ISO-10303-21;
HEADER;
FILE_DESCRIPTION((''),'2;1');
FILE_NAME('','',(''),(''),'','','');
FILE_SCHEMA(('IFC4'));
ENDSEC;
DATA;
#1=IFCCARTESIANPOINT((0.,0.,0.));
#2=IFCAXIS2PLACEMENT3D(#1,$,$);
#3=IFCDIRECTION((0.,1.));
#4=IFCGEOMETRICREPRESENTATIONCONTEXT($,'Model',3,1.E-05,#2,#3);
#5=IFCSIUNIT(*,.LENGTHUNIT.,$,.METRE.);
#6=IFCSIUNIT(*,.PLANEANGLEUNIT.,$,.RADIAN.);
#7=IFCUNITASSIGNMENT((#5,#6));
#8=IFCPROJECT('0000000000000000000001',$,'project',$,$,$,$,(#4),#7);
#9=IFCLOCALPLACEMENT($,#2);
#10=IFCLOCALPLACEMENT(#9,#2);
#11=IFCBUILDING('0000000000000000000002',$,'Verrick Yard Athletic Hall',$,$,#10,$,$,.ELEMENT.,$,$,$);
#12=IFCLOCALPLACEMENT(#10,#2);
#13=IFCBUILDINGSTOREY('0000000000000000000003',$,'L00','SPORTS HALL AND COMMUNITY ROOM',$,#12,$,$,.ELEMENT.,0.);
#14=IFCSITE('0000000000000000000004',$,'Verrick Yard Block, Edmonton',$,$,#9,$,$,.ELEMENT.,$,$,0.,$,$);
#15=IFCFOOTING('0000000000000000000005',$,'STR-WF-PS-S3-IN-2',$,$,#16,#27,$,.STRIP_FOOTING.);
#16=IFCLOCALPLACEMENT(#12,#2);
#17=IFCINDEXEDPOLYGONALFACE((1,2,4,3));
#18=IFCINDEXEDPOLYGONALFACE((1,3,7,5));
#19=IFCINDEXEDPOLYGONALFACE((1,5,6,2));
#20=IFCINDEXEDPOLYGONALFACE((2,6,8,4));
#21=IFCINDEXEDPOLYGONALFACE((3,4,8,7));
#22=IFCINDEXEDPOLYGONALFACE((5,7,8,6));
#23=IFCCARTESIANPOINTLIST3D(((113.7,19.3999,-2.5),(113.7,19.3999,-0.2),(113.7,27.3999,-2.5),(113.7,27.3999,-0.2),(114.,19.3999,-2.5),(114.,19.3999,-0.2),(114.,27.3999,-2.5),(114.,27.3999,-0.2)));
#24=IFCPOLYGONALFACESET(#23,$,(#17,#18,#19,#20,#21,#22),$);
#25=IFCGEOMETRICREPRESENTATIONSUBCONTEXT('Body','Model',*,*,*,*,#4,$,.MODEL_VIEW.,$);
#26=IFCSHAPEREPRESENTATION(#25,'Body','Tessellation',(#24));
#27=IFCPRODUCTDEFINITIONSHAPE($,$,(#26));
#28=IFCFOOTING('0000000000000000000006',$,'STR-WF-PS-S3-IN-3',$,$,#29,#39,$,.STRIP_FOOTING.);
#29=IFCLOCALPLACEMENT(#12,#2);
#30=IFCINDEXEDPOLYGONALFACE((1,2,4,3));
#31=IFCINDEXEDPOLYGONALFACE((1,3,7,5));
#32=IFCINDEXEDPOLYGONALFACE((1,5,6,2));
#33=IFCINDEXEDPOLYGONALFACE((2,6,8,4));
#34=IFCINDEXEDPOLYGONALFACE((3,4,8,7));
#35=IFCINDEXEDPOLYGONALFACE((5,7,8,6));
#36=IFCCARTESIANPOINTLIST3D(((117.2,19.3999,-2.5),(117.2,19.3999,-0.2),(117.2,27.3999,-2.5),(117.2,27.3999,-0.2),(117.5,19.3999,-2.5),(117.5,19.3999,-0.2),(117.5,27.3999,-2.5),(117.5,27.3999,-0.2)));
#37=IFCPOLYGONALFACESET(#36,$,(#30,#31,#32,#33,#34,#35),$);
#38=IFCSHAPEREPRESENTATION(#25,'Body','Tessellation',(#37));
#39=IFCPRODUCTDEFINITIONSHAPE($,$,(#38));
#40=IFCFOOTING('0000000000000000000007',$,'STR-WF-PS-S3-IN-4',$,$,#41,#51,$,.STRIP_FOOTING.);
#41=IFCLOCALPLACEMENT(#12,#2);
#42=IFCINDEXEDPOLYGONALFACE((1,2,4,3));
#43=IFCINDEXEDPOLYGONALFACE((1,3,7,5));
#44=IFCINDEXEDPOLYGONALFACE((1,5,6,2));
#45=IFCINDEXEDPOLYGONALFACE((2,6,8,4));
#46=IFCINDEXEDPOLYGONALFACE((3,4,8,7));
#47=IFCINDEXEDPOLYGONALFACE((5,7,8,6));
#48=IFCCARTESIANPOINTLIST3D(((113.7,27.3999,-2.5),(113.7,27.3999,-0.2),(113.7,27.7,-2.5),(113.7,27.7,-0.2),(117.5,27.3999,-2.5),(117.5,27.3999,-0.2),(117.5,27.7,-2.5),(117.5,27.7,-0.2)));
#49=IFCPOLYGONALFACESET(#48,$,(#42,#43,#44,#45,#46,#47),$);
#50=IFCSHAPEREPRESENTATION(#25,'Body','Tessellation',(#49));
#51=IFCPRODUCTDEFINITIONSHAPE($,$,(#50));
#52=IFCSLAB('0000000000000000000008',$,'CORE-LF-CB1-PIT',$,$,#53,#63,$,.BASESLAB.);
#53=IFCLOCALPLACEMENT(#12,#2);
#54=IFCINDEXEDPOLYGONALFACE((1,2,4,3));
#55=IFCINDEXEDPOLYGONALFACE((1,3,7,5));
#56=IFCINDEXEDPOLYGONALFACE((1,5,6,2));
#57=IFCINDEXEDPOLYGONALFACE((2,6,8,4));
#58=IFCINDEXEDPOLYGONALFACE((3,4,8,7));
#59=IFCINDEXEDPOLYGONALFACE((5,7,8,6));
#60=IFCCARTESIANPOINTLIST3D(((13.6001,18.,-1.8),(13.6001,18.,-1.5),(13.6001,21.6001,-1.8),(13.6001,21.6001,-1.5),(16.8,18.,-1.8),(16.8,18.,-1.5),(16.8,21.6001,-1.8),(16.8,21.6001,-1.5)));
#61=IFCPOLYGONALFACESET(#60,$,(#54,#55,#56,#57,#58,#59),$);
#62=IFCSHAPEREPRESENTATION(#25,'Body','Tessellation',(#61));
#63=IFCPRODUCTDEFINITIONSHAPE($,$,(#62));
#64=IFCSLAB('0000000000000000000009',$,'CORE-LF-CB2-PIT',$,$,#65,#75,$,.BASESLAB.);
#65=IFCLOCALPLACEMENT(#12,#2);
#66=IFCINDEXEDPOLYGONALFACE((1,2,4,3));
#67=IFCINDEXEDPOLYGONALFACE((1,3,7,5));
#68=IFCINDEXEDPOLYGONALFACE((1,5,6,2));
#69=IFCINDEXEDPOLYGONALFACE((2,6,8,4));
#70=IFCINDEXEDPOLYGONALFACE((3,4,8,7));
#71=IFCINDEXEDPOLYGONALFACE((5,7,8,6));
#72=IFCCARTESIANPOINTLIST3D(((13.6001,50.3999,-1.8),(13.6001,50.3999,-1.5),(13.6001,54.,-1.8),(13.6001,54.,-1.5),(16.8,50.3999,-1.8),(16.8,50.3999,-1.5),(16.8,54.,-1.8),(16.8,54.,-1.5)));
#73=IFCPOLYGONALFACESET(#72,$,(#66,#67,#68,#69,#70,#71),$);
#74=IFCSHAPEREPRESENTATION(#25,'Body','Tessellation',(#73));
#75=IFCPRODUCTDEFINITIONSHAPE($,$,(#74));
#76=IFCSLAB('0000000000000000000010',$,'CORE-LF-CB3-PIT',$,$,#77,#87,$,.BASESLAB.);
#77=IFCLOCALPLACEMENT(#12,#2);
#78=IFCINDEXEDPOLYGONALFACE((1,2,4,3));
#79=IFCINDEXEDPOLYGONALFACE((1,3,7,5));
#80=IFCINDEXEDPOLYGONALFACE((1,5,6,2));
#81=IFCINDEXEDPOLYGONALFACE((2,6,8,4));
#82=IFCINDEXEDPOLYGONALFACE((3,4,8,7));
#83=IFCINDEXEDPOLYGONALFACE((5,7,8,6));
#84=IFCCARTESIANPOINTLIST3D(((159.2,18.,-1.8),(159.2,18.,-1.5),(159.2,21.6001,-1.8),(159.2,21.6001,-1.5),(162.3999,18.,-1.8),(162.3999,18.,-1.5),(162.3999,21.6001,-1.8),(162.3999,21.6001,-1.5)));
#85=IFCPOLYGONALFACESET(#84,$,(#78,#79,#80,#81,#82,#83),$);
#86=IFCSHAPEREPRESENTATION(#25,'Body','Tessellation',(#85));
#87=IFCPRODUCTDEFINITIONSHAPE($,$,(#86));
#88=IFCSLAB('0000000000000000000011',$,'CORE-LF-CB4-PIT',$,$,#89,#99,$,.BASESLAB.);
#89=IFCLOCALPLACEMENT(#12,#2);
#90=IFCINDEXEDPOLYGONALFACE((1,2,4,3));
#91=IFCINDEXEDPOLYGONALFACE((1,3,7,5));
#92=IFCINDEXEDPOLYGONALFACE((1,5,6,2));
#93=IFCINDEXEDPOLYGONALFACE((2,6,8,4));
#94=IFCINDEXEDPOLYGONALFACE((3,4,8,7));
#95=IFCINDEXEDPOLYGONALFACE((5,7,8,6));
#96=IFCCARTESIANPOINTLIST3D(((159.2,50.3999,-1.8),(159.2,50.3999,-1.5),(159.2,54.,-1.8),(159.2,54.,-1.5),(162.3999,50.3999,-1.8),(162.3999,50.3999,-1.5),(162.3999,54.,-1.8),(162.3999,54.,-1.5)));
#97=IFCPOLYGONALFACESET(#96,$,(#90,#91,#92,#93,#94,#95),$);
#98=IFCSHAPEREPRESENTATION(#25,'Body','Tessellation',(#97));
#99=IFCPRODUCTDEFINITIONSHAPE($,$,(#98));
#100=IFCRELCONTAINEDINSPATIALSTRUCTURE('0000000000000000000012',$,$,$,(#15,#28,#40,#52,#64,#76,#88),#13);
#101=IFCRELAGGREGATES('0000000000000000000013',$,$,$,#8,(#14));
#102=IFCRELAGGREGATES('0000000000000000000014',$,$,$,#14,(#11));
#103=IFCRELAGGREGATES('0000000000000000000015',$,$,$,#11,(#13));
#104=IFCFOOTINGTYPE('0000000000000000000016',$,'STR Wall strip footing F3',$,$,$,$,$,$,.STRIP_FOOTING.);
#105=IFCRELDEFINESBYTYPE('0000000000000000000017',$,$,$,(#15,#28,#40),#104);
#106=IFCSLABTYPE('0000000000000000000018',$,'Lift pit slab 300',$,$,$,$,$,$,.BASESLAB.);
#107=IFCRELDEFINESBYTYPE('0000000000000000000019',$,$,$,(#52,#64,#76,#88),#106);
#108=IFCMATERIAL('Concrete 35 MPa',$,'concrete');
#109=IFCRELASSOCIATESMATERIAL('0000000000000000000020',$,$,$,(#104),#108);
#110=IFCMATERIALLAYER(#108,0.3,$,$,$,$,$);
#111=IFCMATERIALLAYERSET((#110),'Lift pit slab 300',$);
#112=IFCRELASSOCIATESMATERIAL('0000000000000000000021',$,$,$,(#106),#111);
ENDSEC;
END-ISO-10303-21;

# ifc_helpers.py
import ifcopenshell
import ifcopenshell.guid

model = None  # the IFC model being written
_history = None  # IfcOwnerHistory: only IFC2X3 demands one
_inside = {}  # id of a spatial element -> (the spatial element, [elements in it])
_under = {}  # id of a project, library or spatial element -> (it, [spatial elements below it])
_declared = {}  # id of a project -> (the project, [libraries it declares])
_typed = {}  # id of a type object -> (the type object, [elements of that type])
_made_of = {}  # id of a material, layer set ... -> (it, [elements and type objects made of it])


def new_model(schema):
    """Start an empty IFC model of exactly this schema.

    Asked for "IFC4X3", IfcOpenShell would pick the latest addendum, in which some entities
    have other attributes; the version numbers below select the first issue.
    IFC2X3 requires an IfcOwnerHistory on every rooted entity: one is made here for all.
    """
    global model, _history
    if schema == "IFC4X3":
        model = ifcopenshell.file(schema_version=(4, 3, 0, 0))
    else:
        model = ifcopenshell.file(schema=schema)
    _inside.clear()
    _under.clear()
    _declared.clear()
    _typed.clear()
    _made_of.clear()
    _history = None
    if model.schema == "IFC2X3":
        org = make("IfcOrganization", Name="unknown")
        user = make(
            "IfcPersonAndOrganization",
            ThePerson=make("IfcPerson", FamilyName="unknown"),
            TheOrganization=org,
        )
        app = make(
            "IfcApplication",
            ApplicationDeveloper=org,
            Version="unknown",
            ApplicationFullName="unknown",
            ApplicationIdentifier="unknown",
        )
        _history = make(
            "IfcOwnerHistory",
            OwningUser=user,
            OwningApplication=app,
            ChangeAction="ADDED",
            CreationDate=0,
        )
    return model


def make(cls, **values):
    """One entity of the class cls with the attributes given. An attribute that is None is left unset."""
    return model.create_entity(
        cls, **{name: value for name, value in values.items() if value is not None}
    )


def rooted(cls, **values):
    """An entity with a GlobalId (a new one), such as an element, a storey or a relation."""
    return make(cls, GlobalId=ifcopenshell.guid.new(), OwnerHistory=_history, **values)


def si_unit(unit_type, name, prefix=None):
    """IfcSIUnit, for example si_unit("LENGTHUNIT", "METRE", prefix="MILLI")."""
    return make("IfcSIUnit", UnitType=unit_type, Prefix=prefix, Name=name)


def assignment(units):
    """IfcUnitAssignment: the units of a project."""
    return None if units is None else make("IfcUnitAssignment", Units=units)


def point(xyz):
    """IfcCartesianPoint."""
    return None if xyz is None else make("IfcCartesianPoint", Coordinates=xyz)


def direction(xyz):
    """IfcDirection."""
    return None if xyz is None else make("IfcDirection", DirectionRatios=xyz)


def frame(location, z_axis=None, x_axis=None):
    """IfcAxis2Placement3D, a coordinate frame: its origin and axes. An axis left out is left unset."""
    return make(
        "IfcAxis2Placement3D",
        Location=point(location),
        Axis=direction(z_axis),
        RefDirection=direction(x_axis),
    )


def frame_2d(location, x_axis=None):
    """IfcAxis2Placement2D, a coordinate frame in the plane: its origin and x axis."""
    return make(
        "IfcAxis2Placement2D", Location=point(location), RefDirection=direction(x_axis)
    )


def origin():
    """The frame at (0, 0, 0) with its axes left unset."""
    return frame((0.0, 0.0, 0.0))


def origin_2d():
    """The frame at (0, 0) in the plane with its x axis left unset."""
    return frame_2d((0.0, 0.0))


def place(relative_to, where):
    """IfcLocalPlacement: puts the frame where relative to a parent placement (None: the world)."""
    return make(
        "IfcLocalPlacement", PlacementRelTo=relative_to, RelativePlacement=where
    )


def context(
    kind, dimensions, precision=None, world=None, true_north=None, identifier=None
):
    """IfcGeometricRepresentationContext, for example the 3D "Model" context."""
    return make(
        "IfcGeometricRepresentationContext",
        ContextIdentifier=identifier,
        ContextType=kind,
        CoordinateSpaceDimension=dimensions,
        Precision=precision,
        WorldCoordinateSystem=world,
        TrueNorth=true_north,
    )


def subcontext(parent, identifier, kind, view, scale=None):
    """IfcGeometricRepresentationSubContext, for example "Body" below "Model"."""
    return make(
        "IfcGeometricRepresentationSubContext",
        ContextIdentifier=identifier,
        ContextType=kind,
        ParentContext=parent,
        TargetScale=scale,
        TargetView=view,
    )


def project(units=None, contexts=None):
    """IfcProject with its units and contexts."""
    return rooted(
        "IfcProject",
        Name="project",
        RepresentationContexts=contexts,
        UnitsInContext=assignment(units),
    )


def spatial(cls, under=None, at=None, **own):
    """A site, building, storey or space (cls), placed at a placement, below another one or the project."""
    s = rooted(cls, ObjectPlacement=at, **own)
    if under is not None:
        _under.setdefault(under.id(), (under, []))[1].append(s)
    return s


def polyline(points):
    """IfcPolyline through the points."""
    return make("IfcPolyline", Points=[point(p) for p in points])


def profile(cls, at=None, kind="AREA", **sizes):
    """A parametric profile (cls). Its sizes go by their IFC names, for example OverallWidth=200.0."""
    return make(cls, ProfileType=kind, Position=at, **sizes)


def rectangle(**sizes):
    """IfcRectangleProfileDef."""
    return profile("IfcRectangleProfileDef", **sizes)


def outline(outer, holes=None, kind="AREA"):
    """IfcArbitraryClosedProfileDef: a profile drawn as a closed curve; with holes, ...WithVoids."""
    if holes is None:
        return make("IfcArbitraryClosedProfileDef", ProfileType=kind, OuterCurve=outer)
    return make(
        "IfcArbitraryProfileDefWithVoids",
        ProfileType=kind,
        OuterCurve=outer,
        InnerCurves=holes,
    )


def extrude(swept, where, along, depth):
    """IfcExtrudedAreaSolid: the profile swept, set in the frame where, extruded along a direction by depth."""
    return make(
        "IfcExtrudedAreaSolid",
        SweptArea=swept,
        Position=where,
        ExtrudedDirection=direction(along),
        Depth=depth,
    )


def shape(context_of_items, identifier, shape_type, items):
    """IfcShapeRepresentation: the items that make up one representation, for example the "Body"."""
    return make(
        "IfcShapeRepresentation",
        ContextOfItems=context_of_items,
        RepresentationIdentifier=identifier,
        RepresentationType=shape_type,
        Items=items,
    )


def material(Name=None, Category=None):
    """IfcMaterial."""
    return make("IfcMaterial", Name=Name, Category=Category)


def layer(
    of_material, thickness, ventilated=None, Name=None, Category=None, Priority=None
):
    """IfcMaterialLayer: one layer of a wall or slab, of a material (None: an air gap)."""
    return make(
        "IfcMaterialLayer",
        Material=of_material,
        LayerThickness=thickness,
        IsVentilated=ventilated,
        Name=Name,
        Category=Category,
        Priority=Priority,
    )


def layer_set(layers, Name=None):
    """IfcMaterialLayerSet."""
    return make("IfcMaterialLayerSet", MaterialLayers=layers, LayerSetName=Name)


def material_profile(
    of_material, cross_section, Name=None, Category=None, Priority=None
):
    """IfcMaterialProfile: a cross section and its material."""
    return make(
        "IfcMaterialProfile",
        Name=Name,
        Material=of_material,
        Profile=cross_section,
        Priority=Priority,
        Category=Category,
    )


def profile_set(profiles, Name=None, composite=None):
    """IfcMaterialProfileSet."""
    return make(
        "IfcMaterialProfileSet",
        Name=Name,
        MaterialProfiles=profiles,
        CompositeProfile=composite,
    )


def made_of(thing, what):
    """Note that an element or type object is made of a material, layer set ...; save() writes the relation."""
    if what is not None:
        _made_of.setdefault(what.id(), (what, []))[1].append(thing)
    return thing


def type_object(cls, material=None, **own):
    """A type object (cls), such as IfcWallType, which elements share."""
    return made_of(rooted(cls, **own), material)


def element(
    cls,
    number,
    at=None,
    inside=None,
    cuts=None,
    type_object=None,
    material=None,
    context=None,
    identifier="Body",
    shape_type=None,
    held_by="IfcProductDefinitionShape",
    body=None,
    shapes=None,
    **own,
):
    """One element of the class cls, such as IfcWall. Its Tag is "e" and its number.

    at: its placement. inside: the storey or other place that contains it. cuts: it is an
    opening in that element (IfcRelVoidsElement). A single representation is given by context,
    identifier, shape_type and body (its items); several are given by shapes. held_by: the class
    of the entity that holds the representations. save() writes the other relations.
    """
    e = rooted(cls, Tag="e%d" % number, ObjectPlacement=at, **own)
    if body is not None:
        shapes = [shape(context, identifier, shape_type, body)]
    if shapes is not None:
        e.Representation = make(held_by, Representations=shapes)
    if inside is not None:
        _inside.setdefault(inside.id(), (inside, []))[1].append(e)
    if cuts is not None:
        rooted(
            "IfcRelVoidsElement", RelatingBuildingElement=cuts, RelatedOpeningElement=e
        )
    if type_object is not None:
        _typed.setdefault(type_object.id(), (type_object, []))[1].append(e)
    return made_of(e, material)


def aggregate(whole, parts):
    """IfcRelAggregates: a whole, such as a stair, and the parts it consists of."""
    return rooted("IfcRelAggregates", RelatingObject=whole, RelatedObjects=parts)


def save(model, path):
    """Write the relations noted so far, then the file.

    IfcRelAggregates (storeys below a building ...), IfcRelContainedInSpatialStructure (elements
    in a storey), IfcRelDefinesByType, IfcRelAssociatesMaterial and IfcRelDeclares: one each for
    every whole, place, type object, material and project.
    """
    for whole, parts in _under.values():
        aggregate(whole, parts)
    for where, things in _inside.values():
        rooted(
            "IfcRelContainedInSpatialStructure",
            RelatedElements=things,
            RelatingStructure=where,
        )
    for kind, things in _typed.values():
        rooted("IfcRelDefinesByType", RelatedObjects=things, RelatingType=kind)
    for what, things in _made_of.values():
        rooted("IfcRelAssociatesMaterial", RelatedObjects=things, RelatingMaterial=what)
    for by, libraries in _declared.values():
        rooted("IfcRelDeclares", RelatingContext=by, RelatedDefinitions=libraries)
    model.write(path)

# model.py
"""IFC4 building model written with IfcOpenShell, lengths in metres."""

from ifc_helpers import new_model, si_unit, direction, frame, origin, origin_2d, place, context, subcontext, project, spatial, polyline, rectangle, outline, extrude, material, layer, layer_set, material_profile, profile_set, type_object, element, save


model = new_model("IFC4")

# Units and contexts
model_context = context("Model", 3, precision=1e-05, world=origin(), true_north=direction((0.0, 1.0)))
body_context = subcontext(model_context, "Body", "Model", "MODEL_VIEW")
ifc_project = project(units=[si_unit("LENGTHUNIT", "METRE"), si_unit("PLANEANGLEUNIT", "RADIAN")], contexts=[model_context])

# Site, building, storey
site_placement = place(None, origin())
site = spatial("IfcSite", under=ifc_project, at=site_placement, Name="Verrick Yard Block, Edmonton", CompositionType="ELEMENT", RefElevation=0.0)
building_placement = place(site_placement, origin())
building = spatial("IfcBuilding", under=site, at=building_placement, Name="Verrick Yard Athletic Hall", CompositionType="ELEMENT")
storey_placement = place(building_placement, origin())
storey = spatial("IfcBuildingStorey", under=building, at=storey_placement, Name="L00", Description="SPORTS HALL AND COMMUNITY ROOM", CompositionType="ELEMENT", Elevation=0.0)

# Footings
ifc_material = material(Name="Concrete 35 MPa", Category="concrete")
ifc_material_profile_1 = material_profile(ifc_material, rectangle(XDim=0.3, YDim=2.3, at=origin_2d()), Name="STR Wall strip footing F3")
ifc_profile_set_1 = profile_set([ifc_material_profile_1], Name="Concrete 35 MPa")
footing_type_1 = type_object("IfcFootingType", Name="STR Wall strip footing F3", PredefinedType="STRIP_FOOTING", material=ifc_profile_set_1)
footing_1_placement = place(storey_placement, frame((0.0, 0.0, -2.5)))
element("IfcFooting", 1, at=footing_1_placement, inside=storey, type_object=footing_type_1, Name="STR-WF-PS-S3-IN-2", PredefinedType="STRIP_FOOTING", context=body_context, shape_type="SweptSolid", body=[
    extrude(outline(polyline([(113.7, 19.3999), (114.0, 19.3999), (114.0, 27.3999), (113.7, 27.3999), (113.7, 19.3999)])), origin(), (0.0, 0.0, 1.0), 2.3),
])
footing_2_placement = place(storey_placement, frame((0.0, 0.0, -2.5)))
element("IfcFooting", 2, at=footing_2_placement, inside=storey, type_object=footing_type_1, Name="STR-WF-PS-S3-IN-3", PredefinedType="STRIP_FOOTING", context=body_context, shape_type="SweptSolid", body=[
    extrude(outline(polyline([(117.2, 19.3999), (117.5, 19.3999), (117.5, 27.3999), (117.2, 27.3999), (117.2, 19.3999)])), origin(), (0.0, 0.0, 1.0), 2.3),
])
footing_3_placement = place(storey_placement, frame((0.0, 0.0, -2.5)))
element("IfcFooting", 3, at=footing_3_placement, inside=storey, type_object=footing_type_1, Name="STR-WF-PS-S3-IN-4", PredefinedType="STRIP_FOOTING", context=body_context, shape_type="SweptSolid", body=[
    extrude(outline(polyline([(113.7, 27.3999), (117.5, 27.3999), (117.5, 27.7), (113.7, 27.7), (113.7, 27.3999)])), origin(), (0.0, 0.0, 1.0), 2.3),
])

# Slabs
ifc_layer_1 = layer(ifc_material, 0.3)
ifc_layer_set_1 = layer_set([ifc_layer_1], Name="Lift pit slab 300")
slab_type = type_object("IfcSlabType", Name="Lift pit slab 300", PredefinedType="BASESLAB", material=ifc_layer_set_1)
slab_1_placement = place(storey_placement, frame((0.0, 0.0, -1.8)))
element("IfcSlab", 4, at=slab_1_placement, inside=storey, type_object=slab_type, Name="CORE-LF-CB1-PIT", PredefinedType="BASESLAB", context=body_context, shape_type="SweptSolid", body=[
    extrude(outline(polyline([(13.6001, 18.0), (16.8, 18.0), (16.8, 21.6001), (13.6001, 21.6001), (13.6001, 18.0)])), origin(), (0.0, 0.0, 1.0), 0.3),
])
slab_2_placement = place(storey_placement, frame((0.0, 0.0, -1.8)))
element("IfcSlab", 5, at=slab_2_placement, inside=storey, type_object=slab_type, Name="CORE-LF-CB2-PIT", PredefinedType="BASESLAB", context=body_context, shape_type="SweptSolid", body=[
    extrude(outline(polyline([(13.6001, 50.3999), (16.8, 50.3999), (16.8, 54.0), (13.6001, 54.0), (13.6001, 50.3999)])), origin(), (0.0, 0.0, 1.0), 0.3),
])
slab_3_placement = place(storey_placement, frame((0.0, 0.0, -1.8)))
element("IfcSlab", 6, at=slab_3_placement, inside=storey, type_object=slab_type, Name="CORE-LF-CB3-PIT", PredefinedType="BASESLAB", context=body_context, shape_type="SweptSolid", body=[
    extrude(outline(polyline([(159.2, 18.0), (162.3999, 18.0), (162.3999, 21.6001), (159.2, 21.6001), (159.2, 18.0)])), origin(), (0.0, 0.0, 1.0), 0.3),
])
slab_4_placement = place(storey_placement, frame((0.0, 0.0, -1.8)))
element("IfcSlab", 7, at=slab_4_placement, inside=storey, type_object=slab_type, Name="CORE-LF-CB4-PIT", PredefinedType="BASESLAB", context=body_context, shape_type="SweptSolid", body=[
    extrude(outline(polyline([(159.2, 50.3999), (162.3999, 50.3999), (162.3999, 54.0), (159.2, 54.0), (159.2, 50.3999)])), origin(), (0.0, 0.0, 1.0), 0.3),
])

save(model, "model.ifc")
